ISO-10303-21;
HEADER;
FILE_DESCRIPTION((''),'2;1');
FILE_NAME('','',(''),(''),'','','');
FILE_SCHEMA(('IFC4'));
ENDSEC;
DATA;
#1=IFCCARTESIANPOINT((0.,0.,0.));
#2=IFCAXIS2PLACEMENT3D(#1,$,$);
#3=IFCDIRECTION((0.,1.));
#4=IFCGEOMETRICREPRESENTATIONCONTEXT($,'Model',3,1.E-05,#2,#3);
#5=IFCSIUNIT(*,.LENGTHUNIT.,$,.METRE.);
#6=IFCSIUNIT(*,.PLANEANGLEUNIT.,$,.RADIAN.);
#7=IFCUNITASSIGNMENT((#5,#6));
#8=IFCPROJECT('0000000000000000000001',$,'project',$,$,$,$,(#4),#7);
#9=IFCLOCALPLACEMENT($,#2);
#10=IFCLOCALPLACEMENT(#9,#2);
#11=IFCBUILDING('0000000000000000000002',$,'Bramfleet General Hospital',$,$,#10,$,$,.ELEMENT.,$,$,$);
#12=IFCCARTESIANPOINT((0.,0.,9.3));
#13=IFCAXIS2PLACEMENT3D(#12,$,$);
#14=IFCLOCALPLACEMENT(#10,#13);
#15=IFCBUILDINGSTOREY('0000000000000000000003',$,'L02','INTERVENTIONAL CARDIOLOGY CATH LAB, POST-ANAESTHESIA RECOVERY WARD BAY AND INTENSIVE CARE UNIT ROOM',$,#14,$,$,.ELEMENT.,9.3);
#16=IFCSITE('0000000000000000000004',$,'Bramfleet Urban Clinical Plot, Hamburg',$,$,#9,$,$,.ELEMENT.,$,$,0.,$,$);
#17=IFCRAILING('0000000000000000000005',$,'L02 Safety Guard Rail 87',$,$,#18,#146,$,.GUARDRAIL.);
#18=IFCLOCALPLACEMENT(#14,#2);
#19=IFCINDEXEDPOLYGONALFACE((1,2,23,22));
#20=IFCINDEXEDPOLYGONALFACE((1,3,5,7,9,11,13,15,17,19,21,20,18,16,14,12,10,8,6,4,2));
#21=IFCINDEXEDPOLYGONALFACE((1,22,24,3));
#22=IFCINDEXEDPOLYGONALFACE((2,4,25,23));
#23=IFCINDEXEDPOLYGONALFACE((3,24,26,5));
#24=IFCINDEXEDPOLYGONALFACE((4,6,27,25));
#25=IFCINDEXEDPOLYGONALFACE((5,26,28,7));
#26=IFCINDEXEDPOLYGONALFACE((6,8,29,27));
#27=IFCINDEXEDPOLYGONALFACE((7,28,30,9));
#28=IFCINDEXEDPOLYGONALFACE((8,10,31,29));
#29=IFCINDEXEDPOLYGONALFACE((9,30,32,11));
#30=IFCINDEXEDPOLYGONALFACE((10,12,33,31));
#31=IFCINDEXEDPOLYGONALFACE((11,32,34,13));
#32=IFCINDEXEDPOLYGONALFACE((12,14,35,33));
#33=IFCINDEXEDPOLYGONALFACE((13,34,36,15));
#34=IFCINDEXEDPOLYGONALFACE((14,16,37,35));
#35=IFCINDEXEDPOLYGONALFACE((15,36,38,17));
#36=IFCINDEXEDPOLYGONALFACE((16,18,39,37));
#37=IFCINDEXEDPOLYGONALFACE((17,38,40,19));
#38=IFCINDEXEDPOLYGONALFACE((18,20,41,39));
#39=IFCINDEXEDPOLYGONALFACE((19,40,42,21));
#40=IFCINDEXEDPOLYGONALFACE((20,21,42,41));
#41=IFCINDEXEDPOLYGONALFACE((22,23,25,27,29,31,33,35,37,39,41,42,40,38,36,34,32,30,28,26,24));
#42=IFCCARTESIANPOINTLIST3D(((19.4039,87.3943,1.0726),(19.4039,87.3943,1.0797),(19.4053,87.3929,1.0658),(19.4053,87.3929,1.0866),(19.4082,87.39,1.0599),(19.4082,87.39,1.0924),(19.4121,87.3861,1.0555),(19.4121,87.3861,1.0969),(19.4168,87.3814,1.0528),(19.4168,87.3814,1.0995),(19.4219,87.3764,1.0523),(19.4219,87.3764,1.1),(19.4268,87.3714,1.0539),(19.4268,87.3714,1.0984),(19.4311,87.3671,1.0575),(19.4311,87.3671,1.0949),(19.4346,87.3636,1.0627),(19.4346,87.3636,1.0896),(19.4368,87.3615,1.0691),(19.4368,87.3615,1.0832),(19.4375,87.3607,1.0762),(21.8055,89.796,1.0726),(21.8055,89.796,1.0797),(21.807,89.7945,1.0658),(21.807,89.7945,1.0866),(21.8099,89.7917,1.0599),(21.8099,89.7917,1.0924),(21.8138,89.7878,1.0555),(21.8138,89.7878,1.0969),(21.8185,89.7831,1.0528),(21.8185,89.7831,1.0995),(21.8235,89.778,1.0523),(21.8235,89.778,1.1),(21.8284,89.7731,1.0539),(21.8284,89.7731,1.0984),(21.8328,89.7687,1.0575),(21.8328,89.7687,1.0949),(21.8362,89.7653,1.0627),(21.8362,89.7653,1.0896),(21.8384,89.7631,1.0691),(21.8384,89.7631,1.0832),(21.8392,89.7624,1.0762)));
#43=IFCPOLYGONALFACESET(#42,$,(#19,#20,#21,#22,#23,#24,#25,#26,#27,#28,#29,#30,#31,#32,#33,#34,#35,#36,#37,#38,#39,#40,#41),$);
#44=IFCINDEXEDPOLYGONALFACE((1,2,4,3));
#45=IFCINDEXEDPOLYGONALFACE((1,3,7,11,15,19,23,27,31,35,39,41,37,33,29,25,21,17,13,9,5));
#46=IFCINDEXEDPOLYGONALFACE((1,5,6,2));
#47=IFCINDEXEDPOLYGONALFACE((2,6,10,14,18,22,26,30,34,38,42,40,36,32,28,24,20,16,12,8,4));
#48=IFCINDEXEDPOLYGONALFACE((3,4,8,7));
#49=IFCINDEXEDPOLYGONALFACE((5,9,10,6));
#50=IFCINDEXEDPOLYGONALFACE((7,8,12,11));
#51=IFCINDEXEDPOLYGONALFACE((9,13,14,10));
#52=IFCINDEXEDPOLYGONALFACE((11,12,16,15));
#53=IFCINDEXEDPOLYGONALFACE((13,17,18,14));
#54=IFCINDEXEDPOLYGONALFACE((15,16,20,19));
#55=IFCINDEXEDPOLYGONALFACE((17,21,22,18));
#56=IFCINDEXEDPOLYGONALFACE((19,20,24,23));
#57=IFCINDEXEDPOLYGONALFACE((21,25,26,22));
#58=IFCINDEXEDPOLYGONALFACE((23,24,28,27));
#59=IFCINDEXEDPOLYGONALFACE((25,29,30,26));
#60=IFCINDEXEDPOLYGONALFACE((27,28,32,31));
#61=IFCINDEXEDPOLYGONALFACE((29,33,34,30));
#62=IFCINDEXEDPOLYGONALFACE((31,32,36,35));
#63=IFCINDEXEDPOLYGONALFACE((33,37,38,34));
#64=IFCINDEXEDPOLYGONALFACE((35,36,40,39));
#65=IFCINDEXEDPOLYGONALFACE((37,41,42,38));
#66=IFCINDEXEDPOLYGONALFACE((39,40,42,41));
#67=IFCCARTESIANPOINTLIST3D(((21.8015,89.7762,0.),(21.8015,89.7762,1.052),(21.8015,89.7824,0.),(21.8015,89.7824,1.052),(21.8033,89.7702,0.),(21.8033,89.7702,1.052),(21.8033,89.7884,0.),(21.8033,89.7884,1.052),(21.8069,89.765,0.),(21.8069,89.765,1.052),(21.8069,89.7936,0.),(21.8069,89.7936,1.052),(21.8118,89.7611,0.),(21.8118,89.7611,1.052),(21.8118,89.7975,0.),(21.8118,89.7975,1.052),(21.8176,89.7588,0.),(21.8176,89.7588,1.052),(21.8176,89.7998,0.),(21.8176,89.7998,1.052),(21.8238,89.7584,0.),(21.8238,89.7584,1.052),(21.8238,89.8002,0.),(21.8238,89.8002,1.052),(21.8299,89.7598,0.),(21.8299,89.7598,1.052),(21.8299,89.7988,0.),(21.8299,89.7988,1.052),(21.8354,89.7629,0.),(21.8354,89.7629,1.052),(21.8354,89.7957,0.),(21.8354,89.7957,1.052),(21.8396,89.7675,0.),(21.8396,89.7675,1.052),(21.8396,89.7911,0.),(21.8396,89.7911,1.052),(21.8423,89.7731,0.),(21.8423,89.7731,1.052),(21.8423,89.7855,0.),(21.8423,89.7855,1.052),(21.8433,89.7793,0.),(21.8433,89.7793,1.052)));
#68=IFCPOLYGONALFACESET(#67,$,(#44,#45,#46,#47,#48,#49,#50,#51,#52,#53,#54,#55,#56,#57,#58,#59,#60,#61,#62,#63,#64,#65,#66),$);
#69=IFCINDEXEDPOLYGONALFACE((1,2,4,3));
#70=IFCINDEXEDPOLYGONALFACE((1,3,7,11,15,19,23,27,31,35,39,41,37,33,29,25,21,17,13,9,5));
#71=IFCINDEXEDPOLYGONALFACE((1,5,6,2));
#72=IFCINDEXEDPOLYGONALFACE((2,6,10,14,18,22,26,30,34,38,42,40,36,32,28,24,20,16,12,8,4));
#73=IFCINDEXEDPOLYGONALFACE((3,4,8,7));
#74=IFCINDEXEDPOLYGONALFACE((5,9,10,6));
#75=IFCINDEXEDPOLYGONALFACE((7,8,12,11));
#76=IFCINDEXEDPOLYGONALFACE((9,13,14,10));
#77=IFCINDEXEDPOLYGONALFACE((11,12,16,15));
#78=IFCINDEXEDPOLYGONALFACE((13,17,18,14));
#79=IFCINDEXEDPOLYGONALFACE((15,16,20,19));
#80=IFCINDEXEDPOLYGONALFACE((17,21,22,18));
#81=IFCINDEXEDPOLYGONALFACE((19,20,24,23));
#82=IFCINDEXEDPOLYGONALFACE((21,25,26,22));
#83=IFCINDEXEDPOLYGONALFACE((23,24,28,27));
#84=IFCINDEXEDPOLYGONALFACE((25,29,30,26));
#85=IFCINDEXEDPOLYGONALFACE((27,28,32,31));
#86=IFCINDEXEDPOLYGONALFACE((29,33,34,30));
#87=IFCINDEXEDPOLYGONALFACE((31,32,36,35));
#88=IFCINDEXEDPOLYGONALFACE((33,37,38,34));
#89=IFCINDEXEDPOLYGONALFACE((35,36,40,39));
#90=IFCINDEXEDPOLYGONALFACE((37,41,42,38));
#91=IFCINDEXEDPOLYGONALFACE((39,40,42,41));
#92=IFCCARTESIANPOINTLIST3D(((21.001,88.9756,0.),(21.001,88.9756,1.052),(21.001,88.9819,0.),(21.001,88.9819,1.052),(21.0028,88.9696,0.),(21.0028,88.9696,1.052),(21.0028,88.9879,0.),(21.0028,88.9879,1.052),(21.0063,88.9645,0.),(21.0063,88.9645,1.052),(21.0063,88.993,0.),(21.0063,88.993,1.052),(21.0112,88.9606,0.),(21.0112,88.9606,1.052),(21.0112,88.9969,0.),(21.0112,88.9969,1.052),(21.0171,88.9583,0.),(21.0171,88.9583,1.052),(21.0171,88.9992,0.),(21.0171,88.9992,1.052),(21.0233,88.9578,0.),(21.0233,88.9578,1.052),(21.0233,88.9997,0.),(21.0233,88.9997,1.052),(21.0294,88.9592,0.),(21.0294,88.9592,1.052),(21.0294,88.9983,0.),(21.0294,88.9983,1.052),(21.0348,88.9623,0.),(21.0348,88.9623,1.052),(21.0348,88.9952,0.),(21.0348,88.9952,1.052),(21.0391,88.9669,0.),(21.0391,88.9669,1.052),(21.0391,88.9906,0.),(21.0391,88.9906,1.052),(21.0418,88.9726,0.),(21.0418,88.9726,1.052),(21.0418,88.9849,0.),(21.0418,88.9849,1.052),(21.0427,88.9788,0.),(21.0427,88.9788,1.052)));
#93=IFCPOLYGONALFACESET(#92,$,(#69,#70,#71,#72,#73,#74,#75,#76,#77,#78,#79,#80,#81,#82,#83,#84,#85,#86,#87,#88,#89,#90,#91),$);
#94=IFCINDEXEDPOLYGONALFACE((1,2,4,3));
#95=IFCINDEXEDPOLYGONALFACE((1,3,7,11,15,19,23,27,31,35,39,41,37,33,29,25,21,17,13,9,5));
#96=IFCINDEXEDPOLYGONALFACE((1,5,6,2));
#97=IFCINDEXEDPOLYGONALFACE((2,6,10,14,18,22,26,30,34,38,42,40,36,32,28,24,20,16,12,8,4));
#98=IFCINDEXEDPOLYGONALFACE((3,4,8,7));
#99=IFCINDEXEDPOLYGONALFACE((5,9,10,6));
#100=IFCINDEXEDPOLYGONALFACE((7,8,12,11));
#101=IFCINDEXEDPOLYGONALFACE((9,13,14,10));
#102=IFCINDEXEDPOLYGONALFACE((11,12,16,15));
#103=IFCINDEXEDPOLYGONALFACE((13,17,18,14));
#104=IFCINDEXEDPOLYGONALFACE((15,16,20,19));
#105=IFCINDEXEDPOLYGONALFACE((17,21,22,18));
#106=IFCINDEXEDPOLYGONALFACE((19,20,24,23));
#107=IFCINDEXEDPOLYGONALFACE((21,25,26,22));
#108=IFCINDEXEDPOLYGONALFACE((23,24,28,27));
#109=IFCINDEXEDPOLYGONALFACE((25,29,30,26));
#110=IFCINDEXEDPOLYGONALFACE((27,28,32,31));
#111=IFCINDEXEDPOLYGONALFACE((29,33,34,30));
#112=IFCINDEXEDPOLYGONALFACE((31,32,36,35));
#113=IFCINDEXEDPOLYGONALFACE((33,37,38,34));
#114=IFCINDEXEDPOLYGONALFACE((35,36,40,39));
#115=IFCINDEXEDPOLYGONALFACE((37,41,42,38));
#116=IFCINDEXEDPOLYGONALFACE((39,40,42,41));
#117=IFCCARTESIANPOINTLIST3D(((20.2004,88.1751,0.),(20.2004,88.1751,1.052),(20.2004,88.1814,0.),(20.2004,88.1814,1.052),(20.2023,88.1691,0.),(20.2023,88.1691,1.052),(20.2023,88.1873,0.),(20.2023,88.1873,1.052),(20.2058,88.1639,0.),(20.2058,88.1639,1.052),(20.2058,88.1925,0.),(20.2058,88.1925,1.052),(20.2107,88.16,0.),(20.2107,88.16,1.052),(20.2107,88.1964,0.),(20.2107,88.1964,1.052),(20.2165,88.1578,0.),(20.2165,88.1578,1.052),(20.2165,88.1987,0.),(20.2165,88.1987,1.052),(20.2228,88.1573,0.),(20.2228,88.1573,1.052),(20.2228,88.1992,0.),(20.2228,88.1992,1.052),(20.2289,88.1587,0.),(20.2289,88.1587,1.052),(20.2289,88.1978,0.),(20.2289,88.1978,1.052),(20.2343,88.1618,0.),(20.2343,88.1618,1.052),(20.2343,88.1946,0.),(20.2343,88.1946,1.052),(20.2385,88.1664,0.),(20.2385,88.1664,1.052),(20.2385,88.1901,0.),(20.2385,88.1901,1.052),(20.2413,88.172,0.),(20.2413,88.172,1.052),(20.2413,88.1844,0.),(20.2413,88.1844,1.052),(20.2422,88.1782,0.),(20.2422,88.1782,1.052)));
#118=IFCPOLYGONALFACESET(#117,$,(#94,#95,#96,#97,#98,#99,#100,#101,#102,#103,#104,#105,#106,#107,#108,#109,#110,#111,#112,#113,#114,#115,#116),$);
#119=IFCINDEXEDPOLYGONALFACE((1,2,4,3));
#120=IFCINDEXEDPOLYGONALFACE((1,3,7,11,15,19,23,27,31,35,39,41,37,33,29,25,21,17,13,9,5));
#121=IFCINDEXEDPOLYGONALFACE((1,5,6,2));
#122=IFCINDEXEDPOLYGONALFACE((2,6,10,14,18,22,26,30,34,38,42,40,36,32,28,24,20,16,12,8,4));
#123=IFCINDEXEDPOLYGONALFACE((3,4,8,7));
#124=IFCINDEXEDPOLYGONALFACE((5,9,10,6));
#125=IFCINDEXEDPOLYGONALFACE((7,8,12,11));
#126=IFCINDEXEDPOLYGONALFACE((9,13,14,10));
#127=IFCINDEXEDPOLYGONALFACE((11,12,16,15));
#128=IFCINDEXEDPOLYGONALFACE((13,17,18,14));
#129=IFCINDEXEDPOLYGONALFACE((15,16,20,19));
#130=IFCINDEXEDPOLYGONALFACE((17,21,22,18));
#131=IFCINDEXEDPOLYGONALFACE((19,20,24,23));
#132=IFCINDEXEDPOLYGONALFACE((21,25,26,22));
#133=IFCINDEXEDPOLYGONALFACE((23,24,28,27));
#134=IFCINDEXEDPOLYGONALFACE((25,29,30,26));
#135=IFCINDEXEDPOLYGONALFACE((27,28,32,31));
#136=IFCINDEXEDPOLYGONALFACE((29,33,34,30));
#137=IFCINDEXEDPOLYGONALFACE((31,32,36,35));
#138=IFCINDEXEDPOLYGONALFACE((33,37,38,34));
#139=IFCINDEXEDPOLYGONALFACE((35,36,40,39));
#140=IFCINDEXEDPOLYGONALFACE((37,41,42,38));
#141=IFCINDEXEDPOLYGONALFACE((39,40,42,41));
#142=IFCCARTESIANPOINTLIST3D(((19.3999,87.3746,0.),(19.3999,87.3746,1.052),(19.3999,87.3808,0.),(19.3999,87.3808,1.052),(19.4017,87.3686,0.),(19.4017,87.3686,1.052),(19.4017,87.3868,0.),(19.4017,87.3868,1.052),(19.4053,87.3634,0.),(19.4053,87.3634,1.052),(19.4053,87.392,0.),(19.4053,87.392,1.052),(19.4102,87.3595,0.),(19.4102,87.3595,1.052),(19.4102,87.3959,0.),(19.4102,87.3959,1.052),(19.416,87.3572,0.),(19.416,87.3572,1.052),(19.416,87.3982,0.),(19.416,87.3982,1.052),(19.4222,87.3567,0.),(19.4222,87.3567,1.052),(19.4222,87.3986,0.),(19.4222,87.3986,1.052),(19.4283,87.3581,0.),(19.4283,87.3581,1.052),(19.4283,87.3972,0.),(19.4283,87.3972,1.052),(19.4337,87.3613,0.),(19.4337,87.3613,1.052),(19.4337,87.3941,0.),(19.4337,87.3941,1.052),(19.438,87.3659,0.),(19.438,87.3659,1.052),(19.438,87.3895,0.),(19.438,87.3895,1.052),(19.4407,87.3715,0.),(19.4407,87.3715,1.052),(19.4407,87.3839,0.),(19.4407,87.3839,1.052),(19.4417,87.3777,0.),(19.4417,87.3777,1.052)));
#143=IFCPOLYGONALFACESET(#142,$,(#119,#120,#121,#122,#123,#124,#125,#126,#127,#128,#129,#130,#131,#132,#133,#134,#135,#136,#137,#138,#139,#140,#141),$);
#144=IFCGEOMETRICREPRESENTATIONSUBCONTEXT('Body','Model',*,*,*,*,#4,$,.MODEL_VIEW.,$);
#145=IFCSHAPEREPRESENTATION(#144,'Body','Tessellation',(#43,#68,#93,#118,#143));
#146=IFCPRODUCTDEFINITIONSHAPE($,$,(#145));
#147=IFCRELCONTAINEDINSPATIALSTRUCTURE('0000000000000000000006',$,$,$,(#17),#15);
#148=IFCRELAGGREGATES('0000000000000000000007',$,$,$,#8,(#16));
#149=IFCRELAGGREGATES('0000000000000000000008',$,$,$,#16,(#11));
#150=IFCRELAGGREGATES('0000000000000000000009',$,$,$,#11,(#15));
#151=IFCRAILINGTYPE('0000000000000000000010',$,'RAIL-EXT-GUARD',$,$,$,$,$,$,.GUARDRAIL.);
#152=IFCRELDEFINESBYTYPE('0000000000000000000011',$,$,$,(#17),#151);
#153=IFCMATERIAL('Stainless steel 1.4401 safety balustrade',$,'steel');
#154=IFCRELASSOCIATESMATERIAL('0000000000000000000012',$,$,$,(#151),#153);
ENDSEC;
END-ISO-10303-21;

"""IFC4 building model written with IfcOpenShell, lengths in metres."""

from ifc_helpers import new_model, si_unit, direction, frame, origin, origin_2d, place, context, subcontext, project, spatial, circle, extrude, material, type_object, element, save


model = new_model("IFC4")

# Units and contexts
model_context = context("Model", 3, precision=1e-05, world=origin(), true_north=direction((0.0, 1.0)))
body_context = subcontext(model_context, "Body", "Model", "MODEL_VIEW")
ifc_project = project(units=[si_unit("LENGTHUNIT", "METRE"), si_unit("PLANEANGLEUNIT", "RADIAN")], contexts=[model_context])

# Site, building, storey
site_placement = place(None, origin())
site = spatial("IfcSite", under=ifc_project, at=site_placement, Name="Bramfleet Urban Clinical Plot, Hamburg", CompositionType="ELEMENT", RefElevation=0.0)
building_placement = place(site_placement, origin())
building = spatial("IfcBuilding", under=site, at=building_placement, Name="Bramfleet General Hospital", CompositionType="ELEMENT")
storey_placement = place(building_placement, frame((0.0, 0.0, 9.3)))
storey = spatial("IfcBuildingStorey", under=building, at=storey_placement, Name="L02", Description="INTERVENTIONAL CARDIOLOGY CATH LAB, POST-ANAESTHESIA RECOVERY WARD BAY AND INTENSIVE CARE UNIT ROOM", CompositionType="ELEMENT", Elevation=9.3)

# Railing
ifc_material_1 = material(Name="Stainless steel 1.4401 safety balustrade", Category="steel")
railing_type = type_object("IfcRailingType", Name="RAIL-EXT-GUARD", PredefinedType="GUARDRAIL", material=ifc_material_1)
railing_1_placement = place(storey_placement, frame((21.8223, 89.7793, 0.0)))
element("IfcRailing", 1, at=railing_1_placement, inside=storey, type_object=railing_type, Name="L02 Safety Guard Rail 87", PredefinedType="GUARDRAIL", context=body_context, shape_type="SweptSolid", body=[
    extrude(circle(Radius=0.0239, at=origin_2d()), frame((0.0, 0.0, 1.0762), z_axis=(-0.707107, -0.707107, 0.0), x_axis=(0.707107, -0.707107, 0.0)), (0.0, 0.0, 1.0), 3.3965),
    extrude(circle(Radius=0.021, at=origin_2d()), origin(), (0.0, 0.0, 1.0), 1.052),
    extrude(circle(Radius=0.021, at=origin_2d()), frame((-0.8005, -0.8005, 0.0)), (0.0, 0.0, 1.0), 1.052),
    extrude(circle(Radius=0.021, at=origin_2d()), frame((-1.6011, -1.6011, 0.0)), (0.0, 0.0, 1.0), 1.052),
    extrude(circle(Radius=0.021, at=origin_2d()), frame((-2.4016, -2.4016, 0.0)), (0.0, 0.0, 1.0), 1.052),
])

save(model, "model.ifc")
